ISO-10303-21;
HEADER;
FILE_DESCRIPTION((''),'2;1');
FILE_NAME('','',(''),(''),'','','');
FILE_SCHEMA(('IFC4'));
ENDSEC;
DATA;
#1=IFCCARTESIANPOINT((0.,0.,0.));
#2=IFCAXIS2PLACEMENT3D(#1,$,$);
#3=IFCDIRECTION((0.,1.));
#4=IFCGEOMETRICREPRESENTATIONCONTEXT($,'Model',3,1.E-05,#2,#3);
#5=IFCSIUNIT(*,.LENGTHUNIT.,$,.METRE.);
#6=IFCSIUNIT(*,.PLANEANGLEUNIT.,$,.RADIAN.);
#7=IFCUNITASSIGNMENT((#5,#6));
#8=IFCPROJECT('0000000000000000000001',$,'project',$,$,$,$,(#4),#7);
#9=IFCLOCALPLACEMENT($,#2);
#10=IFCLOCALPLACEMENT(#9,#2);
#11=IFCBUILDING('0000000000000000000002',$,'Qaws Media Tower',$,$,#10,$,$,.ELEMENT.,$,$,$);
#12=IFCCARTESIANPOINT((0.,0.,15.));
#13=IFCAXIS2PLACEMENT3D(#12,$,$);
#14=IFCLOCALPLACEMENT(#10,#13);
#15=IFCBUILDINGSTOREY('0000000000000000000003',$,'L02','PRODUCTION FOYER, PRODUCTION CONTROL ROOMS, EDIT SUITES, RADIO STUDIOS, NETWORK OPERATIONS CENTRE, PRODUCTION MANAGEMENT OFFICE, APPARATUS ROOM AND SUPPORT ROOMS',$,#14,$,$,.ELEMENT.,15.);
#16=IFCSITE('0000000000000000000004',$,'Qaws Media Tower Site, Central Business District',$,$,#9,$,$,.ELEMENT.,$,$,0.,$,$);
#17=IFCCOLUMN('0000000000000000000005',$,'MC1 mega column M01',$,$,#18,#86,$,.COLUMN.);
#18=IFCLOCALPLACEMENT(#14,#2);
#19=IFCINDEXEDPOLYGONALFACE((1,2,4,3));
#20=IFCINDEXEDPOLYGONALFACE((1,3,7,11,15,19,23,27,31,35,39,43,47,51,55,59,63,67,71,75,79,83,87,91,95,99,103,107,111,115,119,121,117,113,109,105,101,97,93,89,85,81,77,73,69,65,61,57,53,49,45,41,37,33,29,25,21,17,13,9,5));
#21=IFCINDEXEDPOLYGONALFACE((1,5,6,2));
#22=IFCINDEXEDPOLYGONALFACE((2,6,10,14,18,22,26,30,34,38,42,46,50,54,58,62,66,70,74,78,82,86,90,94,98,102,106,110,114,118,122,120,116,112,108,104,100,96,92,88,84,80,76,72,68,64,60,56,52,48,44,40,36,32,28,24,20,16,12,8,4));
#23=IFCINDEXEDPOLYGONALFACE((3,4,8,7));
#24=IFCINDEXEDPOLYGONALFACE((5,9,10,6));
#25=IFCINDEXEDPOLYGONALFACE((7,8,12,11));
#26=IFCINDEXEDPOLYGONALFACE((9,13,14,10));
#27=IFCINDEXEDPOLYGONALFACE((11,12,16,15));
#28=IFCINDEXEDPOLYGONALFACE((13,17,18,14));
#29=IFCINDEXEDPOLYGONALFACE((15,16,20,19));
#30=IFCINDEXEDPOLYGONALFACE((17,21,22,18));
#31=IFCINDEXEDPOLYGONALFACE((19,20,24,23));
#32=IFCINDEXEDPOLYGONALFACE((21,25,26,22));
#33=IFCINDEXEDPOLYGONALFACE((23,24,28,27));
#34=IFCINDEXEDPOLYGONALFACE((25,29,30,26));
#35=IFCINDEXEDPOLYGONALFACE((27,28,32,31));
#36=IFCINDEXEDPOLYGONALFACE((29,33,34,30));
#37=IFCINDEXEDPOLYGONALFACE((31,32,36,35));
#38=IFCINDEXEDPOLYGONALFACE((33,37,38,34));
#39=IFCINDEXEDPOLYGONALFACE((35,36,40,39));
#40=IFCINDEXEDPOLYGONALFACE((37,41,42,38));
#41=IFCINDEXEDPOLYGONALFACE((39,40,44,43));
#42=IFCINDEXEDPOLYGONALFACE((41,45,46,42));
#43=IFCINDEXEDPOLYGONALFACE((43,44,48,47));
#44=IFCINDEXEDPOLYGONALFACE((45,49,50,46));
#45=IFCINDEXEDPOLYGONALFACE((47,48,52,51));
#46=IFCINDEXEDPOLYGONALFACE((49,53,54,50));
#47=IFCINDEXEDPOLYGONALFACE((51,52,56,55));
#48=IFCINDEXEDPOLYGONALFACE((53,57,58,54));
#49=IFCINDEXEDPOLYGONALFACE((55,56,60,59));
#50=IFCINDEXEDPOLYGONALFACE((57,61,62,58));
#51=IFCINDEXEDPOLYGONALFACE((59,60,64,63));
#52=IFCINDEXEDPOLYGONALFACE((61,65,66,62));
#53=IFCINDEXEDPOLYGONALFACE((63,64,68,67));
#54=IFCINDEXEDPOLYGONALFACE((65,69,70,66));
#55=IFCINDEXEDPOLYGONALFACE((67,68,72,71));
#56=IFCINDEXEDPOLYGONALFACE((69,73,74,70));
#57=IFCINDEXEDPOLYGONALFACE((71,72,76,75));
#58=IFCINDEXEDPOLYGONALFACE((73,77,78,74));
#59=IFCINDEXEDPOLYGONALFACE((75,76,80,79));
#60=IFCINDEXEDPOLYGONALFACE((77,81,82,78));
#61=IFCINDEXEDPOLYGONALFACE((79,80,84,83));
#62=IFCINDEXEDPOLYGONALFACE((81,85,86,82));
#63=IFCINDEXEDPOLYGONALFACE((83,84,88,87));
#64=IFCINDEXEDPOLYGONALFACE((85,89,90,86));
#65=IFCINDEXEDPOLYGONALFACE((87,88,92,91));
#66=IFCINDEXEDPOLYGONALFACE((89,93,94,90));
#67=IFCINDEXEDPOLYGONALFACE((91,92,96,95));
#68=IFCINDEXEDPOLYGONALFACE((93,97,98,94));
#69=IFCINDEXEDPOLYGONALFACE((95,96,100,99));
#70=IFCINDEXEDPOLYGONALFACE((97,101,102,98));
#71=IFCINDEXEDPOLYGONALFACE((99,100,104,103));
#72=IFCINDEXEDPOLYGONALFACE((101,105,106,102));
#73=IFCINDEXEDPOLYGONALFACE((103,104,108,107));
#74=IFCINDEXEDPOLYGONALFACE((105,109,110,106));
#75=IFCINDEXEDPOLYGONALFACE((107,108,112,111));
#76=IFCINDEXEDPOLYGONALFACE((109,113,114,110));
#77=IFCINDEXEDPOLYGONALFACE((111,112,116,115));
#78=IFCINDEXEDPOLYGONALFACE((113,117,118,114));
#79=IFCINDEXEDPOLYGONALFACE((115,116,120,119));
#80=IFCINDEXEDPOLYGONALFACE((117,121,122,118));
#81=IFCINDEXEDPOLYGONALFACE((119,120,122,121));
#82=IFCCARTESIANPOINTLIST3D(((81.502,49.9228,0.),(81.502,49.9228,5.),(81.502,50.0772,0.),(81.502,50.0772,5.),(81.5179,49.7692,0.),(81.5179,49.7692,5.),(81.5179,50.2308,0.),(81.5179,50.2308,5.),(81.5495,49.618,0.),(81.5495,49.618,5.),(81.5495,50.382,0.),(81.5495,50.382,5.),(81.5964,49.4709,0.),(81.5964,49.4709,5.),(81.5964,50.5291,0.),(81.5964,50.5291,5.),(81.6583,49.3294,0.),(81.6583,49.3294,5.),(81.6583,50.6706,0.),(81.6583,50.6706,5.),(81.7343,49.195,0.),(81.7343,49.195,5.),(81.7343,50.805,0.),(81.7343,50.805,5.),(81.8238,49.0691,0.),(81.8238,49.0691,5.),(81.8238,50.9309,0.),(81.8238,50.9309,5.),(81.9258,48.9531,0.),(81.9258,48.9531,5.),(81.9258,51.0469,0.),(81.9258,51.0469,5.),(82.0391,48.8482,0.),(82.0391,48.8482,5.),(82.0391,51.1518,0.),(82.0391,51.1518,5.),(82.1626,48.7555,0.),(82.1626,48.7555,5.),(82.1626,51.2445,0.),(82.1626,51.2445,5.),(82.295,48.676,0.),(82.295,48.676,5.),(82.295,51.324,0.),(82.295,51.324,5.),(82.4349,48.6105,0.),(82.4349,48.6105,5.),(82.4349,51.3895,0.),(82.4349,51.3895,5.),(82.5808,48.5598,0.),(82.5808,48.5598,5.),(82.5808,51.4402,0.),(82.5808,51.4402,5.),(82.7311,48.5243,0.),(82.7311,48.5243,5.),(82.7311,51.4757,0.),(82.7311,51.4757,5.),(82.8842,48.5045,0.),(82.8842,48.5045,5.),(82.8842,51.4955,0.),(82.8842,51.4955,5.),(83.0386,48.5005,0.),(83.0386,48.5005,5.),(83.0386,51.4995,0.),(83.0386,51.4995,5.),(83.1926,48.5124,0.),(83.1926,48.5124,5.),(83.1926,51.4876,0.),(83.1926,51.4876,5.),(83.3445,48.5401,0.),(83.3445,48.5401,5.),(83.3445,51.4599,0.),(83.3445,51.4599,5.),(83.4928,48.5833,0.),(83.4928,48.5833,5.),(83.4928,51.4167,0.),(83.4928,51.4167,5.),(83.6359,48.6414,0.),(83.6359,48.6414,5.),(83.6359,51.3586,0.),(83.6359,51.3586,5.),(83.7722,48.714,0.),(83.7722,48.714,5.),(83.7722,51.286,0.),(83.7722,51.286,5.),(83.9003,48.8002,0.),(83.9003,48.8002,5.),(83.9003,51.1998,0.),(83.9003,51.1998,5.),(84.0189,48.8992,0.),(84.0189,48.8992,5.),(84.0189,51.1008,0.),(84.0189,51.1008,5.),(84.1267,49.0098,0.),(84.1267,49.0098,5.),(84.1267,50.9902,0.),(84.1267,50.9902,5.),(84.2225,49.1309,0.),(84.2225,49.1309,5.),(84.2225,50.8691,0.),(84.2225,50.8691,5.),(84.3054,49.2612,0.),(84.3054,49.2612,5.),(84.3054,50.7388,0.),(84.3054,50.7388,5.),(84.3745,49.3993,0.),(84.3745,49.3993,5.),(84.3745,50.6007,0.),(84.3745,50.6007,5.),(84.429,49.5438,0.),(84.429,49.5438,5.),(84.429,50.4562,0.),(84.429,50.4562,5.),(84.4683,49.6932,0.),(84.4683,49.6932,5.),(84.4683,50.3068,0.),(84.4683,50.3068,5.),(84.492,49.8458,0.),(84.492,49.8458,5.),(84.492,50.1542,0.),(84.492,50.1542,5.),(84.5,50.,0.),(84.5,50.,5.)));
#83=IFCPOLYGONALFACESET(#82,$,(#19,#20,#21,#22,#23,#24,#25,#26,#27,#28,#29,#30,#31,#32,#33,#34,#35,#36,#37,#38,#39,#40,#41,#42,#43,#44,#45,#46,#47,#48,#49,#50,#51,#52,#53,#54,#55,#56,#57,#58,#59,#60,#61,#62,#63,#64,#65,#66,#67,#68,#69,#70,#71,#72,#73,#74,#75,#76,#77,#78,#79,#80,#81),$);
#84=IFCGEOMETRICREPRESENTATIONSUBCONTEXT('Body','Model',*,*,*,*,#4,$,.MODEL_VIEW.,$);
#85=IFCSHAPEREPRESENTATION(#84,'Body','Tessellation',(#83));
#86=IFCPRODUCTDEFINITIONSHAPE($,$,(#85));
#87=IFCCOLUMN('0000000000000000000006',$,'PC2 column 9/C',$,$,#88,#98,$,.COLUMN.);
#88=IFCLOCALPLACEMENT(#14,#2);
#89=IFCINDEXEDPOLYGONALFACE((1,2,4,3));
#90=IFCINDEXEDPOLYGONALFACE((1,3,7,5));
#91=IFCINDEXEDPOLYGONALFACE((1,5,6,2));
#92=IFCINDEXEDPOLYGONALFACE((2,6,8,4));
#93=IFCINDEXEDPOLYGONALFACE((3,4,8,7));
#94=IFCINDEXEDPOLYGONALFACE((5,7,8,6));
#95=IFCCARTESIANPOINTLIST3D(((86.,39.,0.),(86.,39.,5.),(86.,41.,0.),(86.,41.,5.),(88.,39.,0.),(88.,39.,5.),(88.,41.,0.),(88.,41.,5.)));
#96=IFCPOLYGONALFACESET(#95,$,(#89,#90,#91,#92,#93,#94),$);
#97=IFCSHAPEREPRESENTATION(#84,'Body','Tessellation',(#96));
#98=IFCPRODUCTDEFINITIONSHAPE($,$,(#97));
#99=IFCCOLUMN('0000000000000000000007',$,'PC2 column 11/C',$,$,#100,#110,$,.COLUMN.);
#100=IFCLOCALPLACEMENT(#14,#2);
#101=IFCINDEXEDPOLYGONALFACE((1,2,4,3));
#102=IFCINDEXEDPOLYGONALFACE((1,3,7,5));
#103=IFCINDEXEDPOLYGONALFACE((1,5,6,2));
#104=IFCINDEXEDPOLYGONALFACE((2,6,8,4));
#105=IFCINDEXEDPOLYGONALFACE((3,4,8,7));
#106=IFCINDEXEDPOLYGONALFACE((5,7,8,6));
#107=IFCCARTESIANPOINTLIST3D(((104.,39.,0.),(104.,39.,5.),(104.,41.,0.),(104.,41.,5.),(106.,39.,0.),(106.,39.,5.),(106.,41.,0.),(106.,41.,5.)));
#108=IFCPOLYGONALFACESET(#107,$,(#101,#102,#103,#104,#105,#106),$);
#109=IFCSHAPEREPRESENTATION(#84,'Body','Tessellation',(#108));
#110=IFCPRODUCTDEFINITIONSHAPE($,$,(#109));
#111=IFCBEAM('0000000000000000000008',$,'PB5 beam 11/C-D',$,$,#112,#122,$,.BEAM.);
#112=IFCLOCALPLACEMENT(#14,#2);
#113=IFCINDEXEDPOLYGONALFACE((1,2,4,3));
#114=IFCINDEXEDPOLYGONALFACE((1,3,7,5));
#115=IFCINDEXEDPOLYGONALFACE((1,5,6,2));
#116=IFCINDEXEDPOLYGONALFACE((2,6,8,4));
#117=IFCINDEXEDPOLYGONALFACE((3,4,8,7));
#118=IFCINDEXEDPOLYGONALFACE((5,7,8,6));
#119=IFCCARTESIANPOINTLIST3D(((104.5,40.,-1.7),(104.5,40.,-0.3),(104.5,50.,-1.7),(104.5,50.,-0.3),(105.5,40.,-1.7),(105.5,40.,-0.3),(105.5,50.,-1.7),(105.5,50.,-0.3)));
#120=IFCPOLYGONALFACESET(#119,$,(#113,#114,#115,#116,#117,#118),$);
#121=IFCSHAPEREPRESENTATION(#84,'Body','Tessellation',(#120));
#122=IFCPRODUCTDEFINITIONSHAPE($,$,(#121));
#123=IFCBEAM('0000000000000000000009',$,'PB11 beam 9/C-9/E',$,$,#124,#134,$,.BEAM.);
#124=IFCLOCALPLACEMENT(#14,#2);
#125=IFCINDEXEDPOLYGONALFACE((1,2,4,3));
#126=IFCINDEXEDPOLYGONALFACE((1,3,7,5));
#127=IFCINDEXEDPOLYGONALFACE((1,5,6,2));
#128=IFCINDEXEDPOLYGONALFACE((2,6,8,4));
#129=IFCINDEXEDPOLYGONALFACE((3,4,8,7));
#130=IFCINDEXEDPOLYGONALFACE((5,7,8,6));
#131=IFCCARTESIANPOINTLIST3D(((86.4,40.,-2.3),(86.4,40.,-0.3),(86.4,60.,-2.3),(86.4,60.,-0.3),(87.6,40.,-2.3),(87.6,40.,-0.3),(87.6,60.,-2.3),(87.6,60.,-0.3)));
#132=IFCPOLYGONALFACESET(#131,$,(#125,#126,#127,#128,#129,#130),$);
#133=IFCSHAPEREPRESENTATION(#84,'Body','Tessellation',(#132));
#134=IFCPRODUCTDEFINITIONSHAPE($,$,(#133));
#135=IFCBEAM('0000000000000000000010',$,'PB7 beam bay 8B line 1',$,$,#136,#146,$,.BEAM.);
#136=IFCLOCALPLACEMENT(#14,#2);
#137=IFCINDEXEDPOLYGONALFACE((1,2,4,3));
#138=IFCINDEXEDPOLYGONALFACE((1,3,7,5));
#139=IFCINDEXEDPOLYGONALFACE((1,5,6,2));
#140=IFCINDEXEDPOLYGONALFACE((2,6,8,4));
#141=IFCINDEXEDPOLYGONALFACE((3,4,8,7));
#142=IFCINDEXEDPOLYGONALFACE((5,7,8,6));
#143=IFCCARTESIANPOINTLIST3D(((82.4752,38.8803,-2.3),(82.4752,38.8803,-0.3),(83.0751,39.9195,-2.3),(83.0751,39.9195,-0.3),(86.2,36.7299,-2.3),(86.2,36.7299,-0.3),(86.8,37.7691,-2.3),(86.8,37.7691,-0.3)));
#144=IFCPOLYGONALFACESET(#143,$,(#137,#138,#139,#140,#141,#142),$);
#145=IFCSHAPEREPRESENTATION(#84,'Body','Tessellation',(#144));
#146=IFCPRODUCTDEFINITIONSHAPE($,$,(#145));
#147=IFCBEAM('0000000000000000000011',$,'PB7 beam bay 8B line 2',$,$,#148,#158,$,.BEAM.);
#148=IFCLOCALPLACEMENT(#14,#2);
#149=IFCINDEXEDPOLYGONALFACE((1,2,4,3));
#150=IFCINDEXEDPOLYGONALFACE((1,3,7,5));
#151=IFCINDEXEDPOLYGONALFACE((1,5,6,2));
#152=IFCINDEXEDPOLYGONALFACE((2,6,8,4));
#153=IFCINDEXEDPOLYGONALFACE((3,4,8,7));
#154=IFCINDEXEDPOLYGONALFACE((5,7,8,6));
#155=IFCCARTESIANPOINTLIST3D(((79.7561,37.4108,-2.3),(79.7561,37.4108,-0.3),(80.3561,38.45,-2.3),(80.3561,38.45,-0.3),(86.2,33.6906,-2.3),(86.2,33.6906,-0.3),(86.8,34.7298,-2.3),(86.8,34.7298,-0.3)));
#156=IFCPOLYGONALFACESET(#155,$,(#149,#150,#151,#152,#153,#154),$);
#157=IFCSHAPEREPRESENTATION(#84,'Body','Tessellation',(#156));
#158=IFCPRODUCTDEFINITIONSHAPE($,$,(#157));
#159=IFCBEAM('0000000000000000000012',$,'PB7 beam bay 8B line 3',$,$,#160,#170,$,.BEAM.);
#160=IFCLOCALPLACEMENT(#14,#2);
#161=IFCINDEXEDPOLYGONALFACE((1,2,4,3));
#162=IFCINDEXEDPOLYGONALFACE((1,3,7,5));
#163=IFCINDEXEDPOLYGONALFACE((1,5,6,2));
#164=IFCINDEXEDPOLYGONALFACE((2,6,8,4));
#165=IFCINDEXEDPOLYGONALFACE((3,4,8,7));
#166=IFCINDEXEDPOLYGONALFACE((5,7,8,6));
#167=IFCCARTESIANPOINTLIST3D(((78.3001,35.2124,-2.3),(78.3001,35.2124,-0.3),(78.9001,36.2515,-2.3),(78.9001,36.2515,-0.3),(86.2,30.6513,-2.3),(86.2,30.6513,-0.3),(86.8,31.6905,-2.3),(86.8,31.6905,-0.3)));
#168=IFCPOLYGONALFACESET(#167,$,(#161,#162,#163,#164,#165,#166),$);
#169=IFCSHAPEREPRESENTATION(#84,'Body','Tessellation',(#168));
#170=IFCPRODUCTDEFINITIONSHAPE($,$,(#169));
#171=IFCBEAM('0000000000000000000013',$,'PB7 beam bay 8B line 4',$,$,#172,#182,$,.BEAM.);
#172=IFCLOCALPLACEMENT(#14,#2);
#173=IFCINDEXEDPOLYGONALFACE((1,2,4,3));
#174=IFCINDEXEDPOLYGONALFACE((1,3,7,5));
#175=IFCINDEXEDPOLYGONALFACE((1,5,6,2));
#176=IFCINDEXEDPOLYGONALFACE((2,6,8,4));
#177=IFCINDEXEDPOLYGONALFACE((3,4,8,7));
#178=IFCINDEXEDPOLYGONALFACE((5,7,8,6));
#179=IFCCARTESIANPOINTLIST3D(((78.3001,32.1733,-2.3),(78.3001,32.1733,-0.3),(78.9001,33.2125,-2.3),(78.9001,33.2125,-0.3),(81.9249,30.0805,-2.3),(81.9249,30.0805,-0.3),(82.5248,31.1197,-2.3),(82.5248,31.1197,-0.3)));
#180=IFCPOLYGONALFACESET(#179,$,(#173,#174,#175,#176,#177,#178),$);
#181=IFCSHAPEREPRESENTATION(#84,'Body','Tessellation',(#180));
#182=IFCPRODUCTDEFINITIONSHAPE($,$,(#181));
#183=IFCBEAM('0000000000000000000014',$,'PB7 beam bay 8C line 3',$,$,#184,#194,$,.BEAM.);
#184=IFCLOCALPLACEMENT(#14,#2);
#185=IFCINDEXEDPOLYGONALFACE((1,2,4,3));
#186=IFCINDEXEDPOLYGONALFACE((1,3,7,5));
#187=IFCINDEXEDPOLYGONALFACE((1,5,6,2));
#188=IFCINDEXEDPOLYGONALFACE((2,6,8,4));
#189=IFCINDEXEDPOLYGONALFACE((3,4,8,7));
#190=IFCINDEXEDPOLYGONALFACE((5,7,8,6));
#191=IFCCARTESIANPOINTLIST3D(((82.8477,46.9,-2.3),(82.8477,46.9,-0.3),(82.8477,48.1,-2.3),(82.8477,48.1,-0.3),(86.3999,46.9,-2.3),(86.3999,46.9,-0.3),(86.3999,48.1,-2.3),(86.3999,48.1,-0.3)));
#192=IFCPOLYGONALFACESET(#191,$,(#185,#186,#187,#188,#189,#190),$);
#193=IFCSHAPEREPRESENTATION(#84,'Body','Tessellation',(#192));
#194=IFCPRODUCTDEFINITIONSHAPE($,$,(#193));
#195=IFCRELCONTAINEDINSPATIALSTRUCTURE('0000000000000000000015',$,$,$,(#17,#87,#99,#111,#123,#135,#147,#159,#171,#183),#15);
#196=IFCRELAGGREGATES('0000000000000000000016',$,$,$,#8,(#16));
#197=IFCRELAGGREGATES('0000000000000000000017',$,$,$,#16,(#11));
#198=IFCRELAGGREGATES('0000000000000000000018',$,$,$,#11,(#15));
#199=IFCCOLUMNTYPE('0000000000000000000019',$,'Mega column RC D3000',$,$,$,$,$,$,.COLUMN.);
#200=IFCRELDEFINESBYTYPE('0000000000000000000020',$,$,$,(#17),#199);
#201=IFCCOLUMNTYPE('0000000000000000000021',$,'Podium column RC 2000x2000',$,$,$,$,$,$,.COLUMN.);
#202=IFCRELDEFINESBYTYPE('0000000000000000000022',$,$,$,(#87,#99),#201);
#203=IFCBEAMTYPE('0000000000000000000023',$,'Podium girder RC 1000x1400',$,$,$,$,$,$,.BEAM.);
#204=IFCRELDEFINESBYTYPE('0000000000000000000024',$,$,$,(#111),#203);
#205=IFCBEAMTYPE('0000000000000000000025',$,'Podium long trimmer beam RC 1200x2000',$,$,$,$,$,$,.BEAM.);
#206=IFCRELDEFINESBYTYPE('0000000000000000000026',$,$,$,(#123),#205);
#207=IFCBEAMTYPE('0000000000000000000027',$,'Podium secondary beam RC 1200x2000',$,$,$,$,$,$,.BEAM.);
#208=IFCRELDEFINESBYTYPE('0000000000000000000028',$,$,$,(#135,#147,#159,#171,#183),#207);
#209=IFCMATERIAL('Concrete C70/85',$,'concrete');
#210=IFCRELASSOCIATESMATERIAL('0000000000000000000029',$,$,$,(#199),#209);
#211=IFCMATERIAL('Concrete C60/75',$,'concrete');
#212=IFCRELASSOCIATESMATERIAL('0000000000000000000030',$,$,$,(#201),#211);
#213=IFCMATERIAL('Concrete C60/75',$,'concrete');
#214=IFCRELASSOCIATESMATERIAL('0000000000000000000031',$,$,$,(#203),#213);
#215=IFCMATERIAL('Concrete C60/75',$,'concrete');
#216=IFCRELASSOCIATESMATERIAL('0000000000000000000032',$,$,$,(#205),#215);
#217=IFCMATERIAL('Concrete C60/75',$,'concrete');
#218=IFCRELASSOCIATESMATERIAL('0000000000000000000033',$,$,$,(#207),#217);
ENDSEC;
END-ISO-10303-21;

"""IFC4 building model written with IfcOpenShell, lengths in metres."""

from ifc_helpers import new_model, si_unit, direction, frame, origin, origin_2d, place, context, subcontext, project, spatial, rectangle, circle, extrude, material, material_profile, profile_set, type_object, element, save


model = new_model("IFC4")

# Units and contexts
model_context = context("Model", 3, precision=1e-05, world=origin(), true_north=direction((0.0, 1.0)))
body_context = subcontext(model_context, "Body", "Model", "MODEL_VIEW")
ifc_project = project(units=[si_unit("LENGTHUNIT", "METRE"), si_unit("PLANEANGLEUNIT", "RADIAN")], contexts=[model_context])

# Site, building, storey
site_placement = place(None, origin())
site = spatial("IfcSite", under=ifc_project, at=site_placement, Name="Qaws Media Tower Site, Central Business District", CompositionType="ELEMENT", RefElevation=0.0)
building_placement = place(site_placement, origin())
building = spatial("IfcBuilding", under=site, at=building_placement, Name="Qaws Media Tower", CompositionType="ELEMENT")
storey_placement = place(building_placement, frame((0.0, 0.0, 15.0)))
storey = spatial("IfcBuildingStorey", under=building, at=storey_placement, Name="L02", Description="PRODUCTION FOYER, PRODUCTION CONTROL ROOMS, EDIT SUITES, RADIO STUDIOS, NETWORK OPERATIONS CENTRE, PRODUCTION MANAGEMENT OFFICE, APPARATUS ROOM AND SUPPORT ROOMS", CompositionType="ELEMENT", Elevation=15.0)

# Columns
ifc_material_1 = material(Name="Concrete C70/85", Category="concrete")
ifc_material_profile_1 = material_profile(ifc_material_1, circle(Radius=1.5, at=origin_2d()), Name="RC D3000")
ifc_profile_set_1 = profile_set([ifc_material_profile_1], Name="Concrete C70/85")
column_type_1 = type_object("IfcColumnType", Name="Mega column RC D3000", PredefinedType="COLUMN", material=ifc_profile_set_1)
column_placement = place(storey_placement, frame((83.0, 50.0, 0.0), z_axis=(0.0, 0.0, 1.0), x_axis=(1.0, 0.0, 0.0)))
element("IfcColumn", 1, at=column_placement, inside=storey, type_object=column_type_1, Name="MC1 mega column M01", PredefinedType="COLUMN", context=body_context, shape_type="SweptSolid", body=[
    extrude(circle(Radius=1.5, at=origin_2d()), origin(), (0.0, 0.0, 1.0), 5.0),
])
ifc_material_2 = material(Name="Concrete C60/75", Category="concrete")
ifc_material_profile_2 = material_profile(ifc_material_2, rectangle(XDim=2.0, YDim=2.0, at=origin_2d()), Name="RC 2000x2000")
ifc_profile_set_2 = profile_set([ifc_material_profile_2], Name="Concrete C60/75")
column_type_2 = type_object("IfcColumnType", Name="Podium column RC 2000x2000", PredefinedType="COLUMN", material=ifc_profile_set_2)
for number, where, z_axis, x_axis, name in (
    (2, (87.0, 40.0, 0.0), (0.0, 0.0, 1.0), (1.0, 0.0, 0.0), "PC2 column 9/C"),
    (3, (105.0, 40.0, 0.0), (0.0, 0.0, 1.0), (1.0, 0.0, 0.0), "PC2 column 11/C"),
):
    element("IfcColumn", number, at=place(storey_placement, frame(where, z_axis=z_axis, x_axis=x_axis)), inside=storey, type_object=column_type_2, Name=name, PredefinedType="COLUMN", context=body_context, shape_type="SweptSolid", body=[
        extrude(rectangle(XDim=2.0, YDim=2.0, at=origin_2d()), origin(), (0.0, 0.0, 1.0), 5.0),
    ])

# Beams
ifc_material_3 = material(Name="Concrete C60/75", Category="concrete")
ifc_material_profile_3 = material_profile(ifc_material_3, rectangle(XDim=1.0, YDim=1.3999, at=origin_2d()), Name="RC 1000x1400")
ifc_profile_set_3 = profile_set([ifc_material_profile_3], Name="Concrete C60/75")
beam_type_1 = type_object("IfcBeamType", Name="Podium girder RC 1000x1400", PredefinedType="BEAM", material=ifc_profile_set_3)
beam_1_placement = place(storey_placement, frame((105.0, 40.0, -1.0), z_axis=(0.0, 1.0, 0.0), x_axis=(-1.0, 0.0, 0.0)))
element("IfcBeam", 4, at=beam_1_placement, inside=storey, type_object=beam_type_1, Name="PB5 beam 11/C-D", PredefinedType="BEAM", context=body_context, shape_type="SweptSolid", body=[
    extrude(rectangle(XDim=1.0, YDim=1.3999, at=origin_2d()), origin(), (0.0, 0.0, 1.0), 10.0),
])
ifc_material_4 = material(Name="Concrete C60/75", Category="concrete")
ifc_material_profile_4 = material_profile(ifc_material_4, rectangle(XDim=1.2, YDim=2.0, at=origin_2d()), Name="RC 1200x2000")
ifc_profile_set_4 = profile_set([ifc_material_profile_4], Name="Concrete C60/75")
beam_type_2 = type_object("IfcBeamType", Name="Podium long trimmer beam RC 1200x2000", PredefinedType="BEAM", material=ifc_profile_set_4)
beam_2_placement = place(storey_placement, frame((87.0, 40.0, -1.3), z_axis=(0.0, 1.0, 0.0), x_axis=(-1.0, 0.0, 0.0)))
element("IfcBeam", 5, at=beam_2_placement, inside=storey, type_object=beam_type_2, Name="PB11 beam 9/C-9/E", PredefinedType="BEAM", context=body_context, shape_type="SweptSolid", body=[
    extrude(rectangle(XDim=1.2, YDim=2.0, at=origin_2d()), origin(), (0.0, 0.0, 1.0), 20.0),
])
ifc_material_5 = material(Name="Concrete C60/75", Category="concrete")
ifc_material_profile_5 = material_profile(ifc_material_5, rectangle(XDim=1.2, YDim=2.0, at=origin_2d()), Name="RC 1200x2000")
ifc_profile_set_5 = profile_set([ifc_material_profile_5], Name="Concrete C60/75")
beam_type_3 = type_object("IfcBeamType", Name="Podium secondary beam RC 1200x2000", PredefinedType="BEAM", material=ifc_profile_set_5)
beam_3_placement = place(storey_placement, frame((86.5, 37.2495, -1.3), z_axis=(-0.866041, 0.499973, 0.0), x_axis=(-0.499973, -0.866041, 0.0)))
element("IfcBeam", 6, at=beam_3_placement, inside=storey, type_object=beam_type_3, Name="PB7 beam bay 8B line 1", PredefinedType="BEAM", context=body_context, shape_type="SweptSolid", body=[
    extrude(rectangle(XDim=1.2, YDim=2.0, at=origin_2d()), origin(), (0.0, 0.0, 1.0), 4.301),
])
beam_4_placement = place(storey_placement, frame((86.5, 34.2102, -1.3), z_axis=(-0.866034, 0.499986, 0.0), x_axis=(-0.499986, -0.866034, 0.0)))
element("IfcBeam", 7, at=beam_4_placement, inside=storey, type_object=beam_type_3, Name="PB7 beam bay 8B line 2", PredefinedType="BEAM", context=body_context, shape_type="SweptSolid", body=[
    extrude(rectangle(XDim=1.2, YDim=2.0, at=origin_2d()), origin(), (0.0, 0.0, 1.0), 7.4407),
])
beam_5_placement = place(storey_placement, frame((86.5, 31.1709, -1.3), z_axis=(-0.866024, 0.500002, 0.0), x_axis=(-0.500002, -0.866024, 0.0)))
element("IfcBeam", 8, at=beam_5_placement, inside=storey, type_object=beam_type_3, Name="PB7 beam bay 8B line 3", PredefinedType="BEAM", context=body_context, shape_type="SweptSolid", body=[
    extrude(rectangle(XDim=1.2, YDim=2.0, at=origin_2d()), origin(), (0.0, 0.0, 1.0), 9.1221),
])
beam_6_placement = place(storey_placement, frame((82.2249, 30.6001, -1.3), z_axis=(-0.866023, 0.500004, 0.0), x_axis=(-0.500004, -0.866023, 0.0)))
element("IfcBeam", 9, at=beam_6_placement, inside=storey, type_object=beam_type_3, Name="PB7 beam bay 8B line 4", PredefinedType="BEAM", context=body_context, shape_type="SweptSolid", body=[
    extrude(rectangle(XDim=1.2, YDim=2.0, at=origin_2d()), origin(), (0.0, 0.0, 1.0), 4.1855),
])
beam_7_placement = place(storey_placement, frame((82.8477, 47.5, -1.3), z_axis=(1.0, 0.0, 0.0), x_axis=(0.0, 1.0, 0.0)))
element("IfcBeam", 10, at=beam_7_placement, inside=storey, type_object=beam_type_3, Name="PB7 beam bay 8C line 3", PredefinedType="BEAM", context=body_context, shape_type="SweptSolid", body=[
    extrude(rectangle(XDim=1.2, YDim=2.0, at=origin_2d()), origin(), (0.0, 0.0, 1.0), 3.5522),
])

save(model, "model.ifc")
